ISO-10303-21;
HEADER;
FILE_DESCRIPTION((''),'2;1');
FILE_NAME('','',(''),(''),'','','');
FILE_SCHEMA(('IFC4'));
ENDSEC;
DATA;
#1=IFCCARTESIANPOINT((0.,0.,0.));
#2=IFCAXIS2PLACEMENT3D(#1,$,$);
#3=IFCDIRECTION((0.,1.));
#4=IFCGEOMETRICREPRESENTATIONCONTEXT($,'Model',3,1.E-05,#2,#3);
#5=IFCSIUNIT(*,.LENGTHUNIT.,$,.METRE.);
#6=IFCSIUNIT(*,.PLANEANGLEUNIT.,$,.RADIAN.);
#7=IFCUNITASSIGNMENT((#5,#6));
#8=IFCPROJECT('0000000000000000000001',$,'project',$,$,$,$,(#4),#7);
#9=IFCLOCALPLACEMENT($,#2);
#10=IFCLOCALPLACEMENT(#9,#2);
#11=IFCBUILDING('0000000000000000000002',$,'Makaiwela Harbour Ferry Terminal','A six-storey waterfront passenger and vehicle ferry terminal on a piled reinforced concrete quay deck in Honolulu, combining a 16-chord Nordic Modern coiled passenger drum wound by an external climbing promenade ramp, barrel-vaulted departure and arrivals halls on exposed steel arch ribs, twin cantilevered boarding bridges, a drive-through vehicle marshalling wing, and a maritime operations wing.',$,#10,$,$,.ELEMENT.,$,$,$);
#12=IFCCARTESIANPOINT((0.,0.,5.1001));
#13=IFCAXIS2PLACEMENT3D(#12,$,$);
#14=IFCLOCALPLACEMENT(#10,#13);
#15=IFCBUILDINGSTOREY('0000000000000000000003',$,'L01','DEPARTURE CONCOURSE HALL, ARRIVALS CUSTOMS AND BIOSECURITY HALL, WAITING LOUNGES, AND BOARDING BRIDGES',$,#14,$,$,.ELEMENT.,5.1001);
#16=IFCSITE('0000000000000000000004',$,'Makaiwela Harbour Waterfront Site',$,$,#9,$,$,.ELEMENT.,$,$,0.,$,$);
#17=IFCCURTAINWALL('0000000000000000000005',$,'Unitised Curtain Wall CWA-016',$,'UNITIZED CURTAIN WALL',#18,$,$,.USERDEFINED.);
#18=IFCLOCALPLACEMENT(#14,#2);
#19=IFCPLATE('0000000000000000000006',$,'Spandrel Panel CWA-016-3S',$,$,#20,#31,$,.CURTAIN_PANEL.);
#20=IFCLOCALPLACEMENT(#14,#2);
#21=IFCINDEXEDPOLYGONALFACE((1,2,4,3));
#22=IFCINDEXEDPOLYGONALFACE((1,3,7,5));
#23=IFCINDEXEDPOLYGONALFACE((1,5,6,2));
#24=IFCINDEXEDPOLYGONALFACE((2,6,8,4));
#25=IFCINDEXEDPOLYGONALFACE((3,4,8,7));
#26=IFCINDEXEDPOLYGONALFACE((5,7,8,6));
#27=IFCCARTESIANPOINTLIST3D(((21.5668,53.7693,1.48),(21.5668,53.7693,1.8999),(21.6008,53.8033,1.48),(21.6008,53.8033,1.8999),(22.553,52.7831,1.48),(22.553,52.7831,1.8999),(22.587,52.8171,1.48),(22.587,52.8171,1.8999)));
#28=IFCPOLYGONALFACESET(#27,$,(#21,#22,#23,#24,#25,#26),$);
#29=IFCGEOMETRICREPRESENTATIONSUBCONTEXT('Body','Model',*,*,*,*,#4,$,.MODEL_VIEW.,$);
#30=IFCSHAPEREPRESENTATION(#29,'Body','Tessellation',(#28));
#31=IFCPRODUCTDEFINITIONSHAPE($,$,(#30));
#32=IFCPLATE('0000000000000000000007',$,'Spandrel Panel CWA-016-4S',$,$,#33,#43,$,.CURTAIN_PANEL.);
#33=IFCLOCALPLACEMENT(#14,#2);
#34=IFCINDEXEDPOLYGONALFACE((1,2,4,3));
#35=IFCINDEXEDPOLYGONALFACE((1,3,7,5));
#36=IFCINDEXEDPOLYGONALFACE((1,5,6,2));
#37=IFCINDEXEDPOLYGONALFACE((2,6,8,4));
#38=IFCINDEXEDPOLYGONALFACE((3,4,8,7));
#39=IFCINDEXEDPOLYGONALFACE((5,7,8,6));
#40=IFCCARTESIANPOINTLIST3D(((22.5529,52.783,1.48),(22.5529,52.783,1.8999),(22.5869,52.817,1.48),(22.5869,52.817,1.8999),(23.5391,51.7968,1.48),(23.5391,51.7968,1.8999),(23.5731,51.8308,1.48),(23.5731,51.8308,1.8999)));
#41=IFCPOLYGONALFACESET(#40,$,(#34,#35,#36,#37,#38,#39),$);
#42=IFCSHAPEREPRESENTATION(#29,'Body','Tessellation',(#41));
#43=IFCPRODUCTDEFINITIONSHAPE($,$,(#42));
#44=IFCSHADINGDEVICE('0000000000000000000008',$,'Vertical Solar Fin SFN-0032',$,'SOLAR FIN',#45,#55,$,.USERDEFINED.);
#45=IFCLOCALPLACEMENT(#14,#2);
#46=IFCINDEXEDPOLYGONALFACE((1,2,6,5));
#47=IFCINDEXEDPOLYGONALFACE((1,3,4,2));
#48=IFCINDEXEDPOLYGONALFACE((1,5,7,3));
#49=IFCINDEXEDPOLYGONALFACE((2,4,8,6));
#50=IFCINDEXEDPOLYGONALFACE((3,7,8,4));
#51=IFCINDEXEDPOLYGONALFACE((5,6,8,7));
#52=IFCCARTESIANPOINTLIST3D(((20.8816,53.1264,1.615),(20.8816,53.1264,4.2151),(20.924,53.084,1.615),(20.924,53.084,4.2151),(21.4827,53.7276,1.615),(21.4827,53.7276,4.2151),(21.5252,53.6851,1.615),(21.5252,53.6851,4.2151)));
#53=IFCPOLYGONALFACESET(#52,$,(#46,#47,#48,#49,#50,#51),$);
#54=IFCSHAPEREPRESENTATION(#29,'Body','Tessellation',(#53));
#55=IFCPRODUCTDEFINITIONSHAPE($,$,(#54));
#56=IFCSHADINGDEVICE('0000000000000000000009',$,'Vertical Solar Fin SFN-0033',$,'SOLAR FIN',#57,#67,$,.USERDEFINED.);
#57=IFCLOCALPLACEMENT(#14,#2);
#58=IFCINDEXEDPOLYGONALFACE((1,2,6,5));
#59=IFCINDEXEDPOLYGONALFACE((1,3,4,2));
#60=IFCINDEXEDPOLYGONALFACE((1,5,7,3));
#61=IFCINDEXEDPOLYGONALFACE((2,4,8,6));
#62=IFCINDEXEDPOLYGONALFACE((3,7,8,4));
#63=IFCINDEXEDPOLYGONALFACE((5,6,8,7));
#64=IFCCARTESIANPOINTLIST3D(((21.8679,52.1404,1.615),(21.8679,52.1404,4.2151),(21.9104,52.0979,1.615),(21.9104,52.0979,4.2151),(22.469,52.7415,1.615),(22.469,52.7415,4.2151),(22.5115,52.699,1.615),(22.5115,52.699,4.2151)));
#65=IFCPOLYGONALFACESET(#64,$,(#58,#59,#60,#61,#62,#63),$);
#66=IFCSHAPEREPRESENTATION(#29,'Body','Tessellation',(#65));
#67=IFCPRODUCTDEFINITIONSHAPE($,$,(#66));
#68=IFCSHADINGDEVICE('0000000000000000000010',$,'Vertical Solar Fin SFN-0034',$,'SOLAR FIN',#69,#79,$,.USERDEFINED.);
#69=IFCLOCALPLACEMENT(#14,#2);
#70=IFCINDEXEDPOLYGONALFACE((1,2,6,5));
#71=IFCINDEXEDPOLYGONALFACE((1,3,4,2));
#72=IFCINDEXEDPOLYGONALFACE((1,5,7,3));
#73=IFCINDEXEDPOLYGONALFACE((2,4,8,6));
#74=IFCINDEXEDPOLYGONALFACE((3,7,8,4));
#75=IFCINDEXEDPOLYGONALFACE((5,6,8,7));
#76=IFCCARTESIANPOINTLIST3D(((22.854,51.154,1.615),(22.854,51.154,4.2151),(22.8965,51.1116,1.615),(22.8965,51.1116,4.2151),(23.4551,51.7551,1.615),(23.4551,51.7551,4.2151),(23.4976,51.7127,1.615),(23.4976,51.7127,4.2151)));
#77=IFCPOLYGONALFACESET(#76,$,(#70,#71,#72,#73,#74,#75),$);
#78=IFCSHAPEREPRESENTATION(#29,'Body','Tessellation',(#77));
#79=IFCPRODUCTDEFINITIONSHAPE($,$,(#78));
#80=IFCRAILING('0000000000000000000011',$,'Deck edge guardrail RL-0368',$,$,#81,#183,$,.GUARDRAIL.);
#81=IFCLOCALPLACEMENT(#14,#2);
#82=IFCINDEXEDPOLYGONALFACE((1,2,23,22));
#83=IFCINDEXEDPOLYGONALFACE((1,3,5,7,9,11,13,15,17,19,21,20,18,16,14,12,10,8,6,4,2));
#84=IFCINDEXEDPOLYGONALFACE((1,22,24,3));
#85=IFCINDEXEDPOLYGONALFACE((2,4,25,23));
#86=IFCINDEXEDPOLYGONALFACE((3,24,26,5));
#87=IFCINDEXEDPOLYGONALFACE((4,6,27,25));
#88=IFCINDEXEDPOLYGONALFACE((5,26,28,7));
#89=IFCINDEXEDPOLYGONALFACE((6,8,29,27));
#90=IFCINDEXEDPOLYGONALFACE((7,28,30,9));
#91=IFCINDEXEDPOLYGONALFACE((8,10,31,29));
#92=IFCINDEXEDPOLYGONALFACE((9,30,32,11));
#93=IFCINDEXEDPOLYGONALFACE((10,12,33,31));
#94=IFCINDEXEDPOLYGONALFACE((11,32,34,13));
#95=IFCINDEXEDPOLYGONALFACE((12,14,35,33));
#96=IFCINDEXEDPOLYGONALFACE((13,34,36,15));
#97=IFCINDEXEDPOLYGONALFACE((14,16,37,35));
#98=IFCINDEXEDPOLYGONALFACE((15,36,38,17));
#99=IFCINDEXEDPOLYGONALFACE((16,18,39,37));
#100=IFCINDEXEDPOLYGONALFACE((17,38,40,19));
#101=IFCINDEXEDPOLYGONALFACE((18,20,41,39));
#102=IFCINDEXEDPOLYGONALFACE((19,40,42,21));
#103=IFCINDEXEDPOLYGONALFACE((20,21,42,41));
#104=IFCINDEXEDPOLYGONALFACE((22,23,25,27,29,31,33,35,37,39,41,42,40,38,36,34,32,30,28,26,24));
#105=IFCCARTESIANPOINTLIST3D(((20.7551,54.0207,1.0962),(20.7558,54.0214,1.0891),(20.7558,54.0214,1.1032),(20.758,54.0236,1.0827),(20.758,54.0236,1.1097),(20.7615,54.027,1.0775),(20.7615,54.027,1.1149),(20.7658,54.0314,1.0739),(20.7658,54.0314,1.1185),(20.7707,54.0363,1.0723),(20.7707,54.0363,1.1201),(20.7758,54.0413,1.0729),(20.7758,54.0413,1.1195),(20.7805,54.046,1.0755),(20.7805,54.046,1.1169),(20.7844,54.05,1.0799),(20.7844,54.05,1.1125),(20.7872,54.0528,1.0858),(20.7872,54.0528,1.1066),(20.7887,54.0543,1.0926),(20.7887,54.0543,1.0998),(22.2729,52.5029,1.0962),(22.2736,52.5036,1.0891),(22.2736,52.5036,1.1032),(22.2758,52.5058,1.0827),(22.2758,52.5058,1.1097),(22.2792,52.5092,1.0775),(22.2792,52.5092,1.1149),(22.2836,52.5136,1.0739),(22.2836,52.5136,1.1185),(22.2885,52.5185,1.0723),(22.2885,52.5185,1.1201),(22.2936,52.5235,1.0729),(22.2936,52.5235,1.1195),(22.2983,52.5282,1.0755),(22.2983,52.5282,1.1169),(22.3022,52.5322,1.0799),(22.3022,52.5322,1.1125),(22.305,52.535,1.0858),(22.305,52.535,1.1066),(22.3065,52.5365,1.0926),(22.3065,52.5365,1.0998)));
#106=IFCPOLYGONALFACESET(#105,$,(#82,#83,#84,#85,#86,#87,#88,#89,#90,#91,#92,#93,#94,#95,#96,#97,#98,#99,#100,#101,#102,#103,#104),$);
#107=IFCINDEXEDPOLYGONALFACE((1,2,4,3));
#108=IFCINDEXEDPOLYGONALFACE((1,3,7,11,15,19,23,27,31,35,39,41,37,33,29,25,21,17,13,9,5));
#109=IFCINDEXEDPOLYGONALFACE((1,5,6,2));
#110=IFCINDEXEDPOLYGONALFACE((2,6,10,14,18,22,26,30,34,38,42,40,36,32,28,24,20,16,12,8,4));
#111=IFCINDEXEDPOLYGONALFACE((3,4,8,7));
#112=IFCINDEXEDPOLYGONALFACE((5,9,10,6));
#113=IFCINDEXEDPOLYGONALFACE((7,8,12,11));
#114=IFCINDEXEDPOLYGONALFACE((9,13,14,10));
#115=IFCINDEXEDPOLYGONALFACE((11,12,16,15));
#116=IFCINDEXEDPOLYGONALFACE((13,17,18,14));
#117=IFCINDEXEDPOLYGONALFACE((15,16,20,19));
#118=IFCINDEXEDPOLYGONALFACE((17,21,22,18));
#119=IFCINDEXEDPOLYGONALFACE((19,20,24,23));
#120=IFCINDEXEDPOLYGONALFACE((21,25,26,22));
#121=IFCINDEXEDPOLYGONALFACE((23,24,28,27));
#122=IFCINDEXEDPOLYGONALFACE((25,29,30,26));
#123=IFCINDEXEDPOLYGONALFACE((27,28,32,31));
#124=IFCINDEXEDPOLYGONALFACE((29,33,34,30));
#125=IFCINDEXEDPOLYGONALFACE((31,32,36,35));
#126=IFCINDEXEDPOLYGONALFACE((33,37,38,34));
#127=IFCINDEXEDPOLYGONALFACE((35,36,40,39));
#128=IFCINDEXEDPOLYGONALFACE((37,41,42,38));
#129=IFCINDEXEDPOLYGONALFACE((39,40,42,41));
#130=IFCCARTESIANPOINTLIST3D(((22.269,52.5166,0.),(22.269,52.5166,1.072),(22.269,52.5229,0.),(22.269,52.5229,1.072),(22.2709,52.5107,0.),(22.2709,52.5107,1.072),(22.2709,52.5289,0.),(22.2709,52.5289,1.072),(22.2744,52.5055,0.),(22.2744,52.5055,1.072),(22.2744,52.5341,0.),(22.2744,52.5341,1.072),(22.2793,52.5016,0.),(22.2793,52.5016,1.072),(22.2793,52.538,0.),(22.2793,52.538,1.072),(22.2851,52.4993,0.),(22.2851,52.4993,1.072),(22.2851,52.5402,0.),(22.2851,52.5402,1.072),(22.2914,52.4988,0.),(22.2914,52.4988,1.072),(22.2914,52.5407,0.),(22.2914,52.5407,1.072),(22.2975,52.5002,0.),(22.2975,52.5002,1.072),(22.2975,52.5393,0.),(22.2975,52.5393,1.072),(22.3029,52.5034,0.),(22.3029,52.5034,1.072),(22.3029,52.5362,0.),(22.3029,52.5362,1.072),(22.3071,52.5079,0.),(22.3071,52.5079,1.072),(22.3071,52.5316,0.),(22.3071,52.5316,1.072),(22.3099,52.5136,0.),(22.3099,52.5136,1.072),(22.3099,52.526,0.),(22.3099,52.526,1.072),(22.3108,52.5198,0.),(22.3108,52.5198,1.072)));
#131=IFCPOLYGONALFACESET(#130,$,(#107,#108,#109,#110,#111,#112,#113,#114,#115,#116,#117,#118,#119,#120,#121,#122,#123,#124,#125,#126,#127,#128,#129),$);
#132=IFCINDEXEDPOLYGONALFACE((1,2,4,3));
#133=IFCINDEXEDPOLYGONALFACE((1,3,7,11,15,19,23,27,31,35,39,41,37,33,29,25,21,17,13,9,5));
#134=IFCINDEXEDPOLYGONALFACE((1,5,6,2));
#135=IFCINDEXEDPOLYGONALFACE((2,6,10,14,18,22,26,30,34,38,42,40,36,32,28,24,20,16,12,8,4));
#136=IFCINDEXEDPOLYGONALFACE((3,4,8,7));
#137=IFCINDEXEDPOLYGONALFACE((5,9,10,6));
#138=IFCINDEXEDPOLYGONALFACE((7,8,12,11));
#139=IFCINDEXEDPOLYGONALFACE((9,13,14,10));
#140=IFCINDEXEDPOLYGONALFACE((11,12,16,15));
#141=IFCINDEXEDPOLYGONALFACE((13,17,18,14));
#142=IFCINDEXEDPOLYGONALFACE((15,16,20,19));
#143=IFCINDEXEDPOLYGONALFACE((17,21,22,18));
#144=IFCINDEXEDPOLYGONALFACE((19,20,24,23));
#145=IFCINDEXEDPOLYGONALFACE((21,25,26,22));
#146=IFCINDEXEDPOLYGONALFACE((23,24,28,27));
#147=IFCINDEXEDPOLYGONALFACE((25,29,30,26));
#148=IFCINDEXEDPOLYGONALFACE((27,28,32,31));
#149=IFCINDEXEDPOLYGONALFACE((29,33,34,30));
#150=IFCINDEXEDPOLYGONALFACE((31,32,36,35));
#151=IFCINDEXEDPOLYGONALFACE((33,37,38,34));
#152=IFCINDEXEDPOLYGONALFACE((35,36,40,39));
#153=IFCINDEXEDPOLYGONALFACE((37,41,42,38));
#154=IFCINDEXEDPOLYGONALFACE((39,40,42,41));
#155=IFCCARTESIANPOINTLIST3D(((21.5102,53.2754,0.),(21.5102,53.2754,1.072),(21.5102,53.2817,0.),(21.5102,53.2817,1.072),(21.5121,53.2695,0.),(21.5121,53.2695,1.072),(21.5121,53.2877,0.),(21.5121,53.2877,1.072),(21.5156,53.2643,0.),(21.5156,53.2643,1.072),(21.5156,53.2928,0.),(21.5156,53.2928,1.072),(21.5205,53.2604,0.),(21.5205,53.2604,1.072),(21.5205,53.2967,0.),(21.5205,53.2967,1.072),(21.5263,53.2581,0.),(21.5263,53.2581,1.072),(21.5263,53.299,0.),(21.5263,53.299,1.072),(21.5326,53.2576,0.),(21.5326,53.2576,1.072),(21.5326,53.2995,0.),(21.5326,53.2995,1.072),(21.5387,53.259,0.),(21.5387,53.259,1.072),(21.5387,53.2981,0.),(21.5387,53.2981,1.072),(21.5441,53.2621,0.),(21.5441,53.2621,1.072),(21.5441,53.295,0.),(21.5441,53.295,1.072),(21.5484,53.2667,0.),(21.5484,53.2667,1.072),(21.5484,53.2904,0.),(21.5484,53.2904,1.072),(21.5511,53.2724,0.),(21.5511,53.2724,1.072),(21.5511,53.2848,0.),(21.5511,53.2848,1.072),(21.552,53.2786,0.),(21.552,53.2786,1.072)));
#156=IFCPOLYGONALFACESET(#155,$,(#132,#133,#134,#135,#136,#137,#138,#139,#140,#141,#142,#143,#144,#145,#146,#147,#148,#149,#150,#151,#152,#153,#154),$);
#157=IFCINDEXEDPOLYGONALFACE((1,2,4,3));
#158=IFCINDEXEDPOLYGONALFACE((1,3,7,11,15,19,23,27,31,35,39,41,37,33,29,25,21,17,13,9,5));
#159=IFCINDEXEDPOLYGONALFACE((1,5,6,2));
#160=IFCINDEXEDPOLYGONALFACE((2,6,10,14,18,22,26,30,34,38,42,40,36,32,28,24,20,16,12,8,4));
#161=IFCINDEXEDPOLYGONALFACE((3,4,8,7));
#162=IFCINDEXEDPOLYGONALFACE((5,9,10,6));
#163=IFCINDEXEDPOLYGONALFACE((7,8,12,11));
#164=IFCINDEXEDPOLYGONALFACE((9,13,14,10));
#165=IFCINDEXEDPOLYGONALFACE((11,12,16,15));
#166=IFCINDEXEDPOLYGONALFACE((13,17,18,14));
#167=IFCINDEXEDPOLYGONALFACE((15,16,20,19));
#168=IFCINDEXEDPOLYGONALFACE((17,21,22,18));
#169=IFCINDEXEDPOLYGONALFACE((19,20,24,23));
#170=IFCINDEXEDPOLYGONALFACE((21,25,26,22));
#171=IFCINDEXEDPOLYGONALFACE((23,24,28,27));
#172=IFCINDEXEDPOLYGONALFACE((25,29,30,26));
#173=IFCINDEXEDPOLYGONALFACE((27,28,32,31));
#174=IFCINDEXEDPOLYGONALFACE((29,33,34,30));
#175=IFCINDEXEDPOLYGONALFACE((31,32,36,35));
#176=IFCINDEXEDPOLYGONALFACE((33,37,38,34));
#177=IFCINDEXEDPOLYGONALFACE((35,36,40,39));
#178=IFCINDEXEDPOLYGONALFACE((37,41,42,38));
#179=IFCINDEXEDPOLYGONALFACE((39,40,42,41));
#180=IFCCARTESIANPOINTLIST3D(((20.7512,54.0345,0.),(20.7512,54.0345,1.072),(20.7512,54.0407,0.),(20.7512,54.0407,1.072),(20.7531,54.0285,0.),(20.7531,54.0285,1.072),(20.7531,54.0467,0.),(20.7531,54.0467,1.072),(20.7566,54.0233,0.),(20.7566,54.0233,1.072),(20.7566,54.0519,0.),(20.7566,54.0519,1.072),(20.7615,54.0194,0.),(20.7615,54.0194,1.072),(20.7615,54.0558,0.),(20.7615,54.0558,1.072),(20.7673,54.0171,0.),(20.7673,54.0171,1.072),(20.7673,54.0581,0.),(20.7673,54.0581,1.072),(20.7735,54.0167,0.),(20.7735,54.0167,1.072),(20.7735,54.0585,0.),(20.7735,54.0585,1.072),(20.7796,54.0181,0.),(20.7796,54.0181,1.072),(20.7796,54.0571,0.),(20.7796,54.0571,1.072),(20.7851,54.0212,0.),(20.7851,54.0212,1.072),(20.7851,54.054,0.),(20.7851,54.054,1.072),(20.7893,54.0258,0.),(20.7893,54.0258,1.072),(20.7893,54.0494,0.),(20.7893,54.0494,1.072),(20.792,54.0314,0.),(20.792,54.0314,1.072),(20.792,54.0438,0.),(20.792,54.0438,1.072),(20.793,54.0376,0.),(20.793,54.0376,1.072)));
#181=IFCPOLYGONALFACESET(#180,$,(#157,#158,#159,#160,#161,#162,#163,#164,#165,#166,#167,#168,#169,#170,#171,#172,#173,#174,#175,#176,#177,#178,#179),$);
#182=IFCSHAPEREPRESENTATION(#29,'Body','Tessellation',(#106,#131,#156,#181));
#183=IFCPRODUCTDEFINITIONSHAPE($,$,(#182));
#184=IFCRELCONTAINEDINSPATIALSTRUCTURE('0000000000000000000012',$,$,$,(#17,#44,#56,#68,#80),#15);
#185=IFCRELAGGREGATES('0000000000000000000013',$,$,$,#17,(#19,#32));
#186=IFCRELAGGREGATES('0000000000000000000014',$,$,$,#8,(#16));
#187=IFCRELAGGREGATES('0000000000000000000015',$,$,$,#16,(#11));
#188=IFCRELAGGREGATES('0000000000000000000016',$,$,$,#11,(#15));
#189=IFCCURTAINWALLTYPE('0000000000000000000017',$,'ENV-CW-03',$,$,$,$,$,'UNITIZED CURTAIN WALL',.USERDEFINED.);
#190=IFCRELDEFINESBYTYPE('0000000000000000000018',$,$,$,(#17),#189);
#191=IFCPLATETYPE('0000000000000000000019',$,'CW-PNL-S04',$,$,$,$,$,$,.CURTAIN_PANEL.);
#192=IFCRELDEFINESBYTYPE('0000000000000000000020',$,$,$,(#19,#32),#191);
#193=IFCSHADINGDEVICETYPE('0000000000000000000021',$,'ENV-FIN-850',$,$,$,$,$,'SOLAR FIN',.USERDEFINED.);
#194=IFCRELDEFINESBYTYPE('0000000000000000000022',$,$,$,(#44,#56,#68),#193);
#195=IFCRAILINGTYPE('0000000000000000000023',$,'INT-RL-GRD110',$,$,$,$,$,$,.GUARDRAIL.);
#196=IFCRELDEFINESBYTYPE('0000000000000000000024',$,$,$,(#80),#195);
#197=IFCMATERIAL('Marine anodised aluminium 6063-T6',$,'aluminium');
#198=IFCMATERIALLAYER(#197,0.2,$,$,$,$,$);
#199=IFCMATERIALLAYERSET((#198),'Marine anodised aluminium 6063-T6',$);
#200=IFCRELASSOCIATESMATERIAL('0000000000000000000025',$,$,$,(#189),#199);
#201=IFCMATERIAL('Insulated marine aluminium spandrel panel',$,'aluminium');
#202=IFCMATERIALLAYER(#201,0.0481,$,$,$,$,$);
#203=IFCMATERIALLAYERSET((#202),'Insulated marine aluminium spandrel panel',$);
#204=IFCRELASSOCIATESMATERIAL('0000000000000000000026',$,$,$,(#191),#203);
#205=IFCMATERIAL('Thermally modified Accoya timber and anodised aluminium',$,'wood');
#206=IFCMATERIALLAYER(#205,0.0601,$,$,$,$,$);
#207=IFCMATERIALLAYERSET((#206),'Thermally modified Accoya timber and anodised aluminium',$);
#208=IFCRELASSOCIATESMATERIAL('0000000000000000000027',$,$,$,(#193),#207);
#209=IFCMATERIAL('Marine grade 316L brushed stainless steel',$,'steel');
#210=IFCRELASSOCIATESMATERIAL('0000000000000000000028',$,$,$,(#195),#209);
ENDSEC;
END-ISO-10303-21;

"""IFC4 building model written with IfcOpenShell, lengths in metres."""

from ifc_helpers import new_model, si_unit, direction, frame, origin, origin_2d, place, context, subcontext, project, spatial, rectangle, circle, extrude, material, layer, layer_set, type_object, element, aggregate, save


model = new_model("IFC4")

# Units and contexts
model_context = context("Model", 3, precision=1e-05, world=origin(), true_north=direction((0.0, 1.0)))
body_context = subcontext(model_context, "Body", "Model", "MODEL_VIEW")
ifc_project = project(units=[si_unit("LENGTHUNIT", "METRE"), si_unit("PLANEANGLEUNIT", "RADIAN")], contexts=[model_context])

# Site, building, storey
site_placement = place(None, origin())
site = spatial("IfcSite", under=ifc_project, at=site_placement, Name="Makaiwela Harbour Waterfront Site", CompositionType="ELEMENT", RefElevation=0.0)
building_placement = place(site_placement, origin())
building = spatial("IfcBuilding", under=site, at=building_placement, Name="Makaiwela Harbour Ferry Terminal", Description="A six-storey waterfront passenger and vehicle ferry terminal on a piled reinforced concrete quay deck in Honolulu, combining a 16-chord Nordic Modern coiled passenger drum wound by an external climbing promenade ramp, barrel-vaulted departure and arrivals halls on exposed steel arch ribs, twin cantilevered boarding bridges, a drive-through vehicle marshalling wing, and a maritime operations wing.", CompositionType="ELEMENT")
storey_placement = place(building_placement, frame((0.0, 0.0, 5.1001)))
storey = spatial("IfcBuildingStorey", under=building, at=storey_placement, Name="L01", Description="DEPARTURE CONCOURSE HALL, ARRIVALS CUSTOMS AND BIOSECURITY HALL, WAITING LOUNGES, AND BOARDING BRIDGES", CompositionType="ELEMENT", Elevation=5.1001)

# Curtain wall
ifc_material_1 = material(Name="Marine anodised aluminium 6063-T6", Category="aluminium")
ifc_layer_1 = layer(ifc_material_1, 0.2)
ifc_layer_set_1 = layer_set([ifc_layer_1], Name="Marine anodised aluminium 6063-T6")
curtain_wall_type = type_object("IfcCurtainWallType", Name="ENV-CW-03", ElementType="UNITIZED CURTAIN WALL", PredefinedType="USERDEFINED", material=ifc_layer_set_1)
curtain_wall_placement = place(storey_placement, origin())
curtain_wall = element("IfcCurtainWall", 1, at=curtain_wall_placement, inside=storey, type_object=curtain_wall_type, Name="Unitised Curtain Wall CWA-016", ObjectType="UNITIZED CURTAIN WALL", PredefinedType="USERDEFINED")

# Plates
ifc_material_2 = material(Name="Insulated marine aluminium spandrel panel", Category="aluminium")
ifc_layer_2 = layer(ifc_material_2, 0.0481)
ifc_layer_set_2 = layer_set([ifc_layer_2], Name="Insulated marine aluminium spandrel panel")
plate_type_1 = type_object("IfcPlateType", Name="CW-PNL-S04", PredefinedType="CURTAIN_PANEL", material=ifc_layer_set_2)
plate_1_placement = place(storey_placement, frame((22.0769, 53.2932, 1.48), z_axis=(0.0, 0.0, 1.0), x_axis=(0.707107, -0.707107, 0.0)))
plate_1 = element("IfcPlate", 2, at=plate_1_placement, type_object=plate_type_1, Name="Spandrel Panel CWA-016-3S", PredefinedType="CURTAIN_PANEL", context=body_context, shape_type="SweptSolid", body=[
    extrude(rectangle(XDim=1.3948, YDim=0.0481, at=origin_2d()), origin(), (0.0, 0.0, 1.0), 0.4199),
])
plate_2_placement = place(storey_placement, frame((23.063, 52.3069, 1.48), z_axis=(0.0, 0.0, 1.0), x_axis=(0.707107, -0.707107, 0.0)))
plate_2 = element("IfcPlate", 3, at=plate_2_placement, type_object=plate_type_1, Name="Spandrel Panel CWA-016-4S", PredefinedType="CURTAIN_PANEL", context=body_context, shape_type="SweptSolid", body=[
    extrude(rectangle(XDim=1.3948, YDim=0.0481, at=origin_2d()), origin(), (0.0, 0.0, 1.0), 0.4199),
])
aggregate(curtain_wall, [plate_1, plate_2])

# Shading devices
ifc_material_3 = material(Name="Thermally modified Accoya timber and anodised aluminium", Category="wood")
ifc_layer_3 = layer(ifc_material_3, 0.0601)
ifc_layer_set_3 = layer_set([ifc_layer_3], Name="Thermally modified Accoya timber and anodised aluminium")
shading_device_type = type_object("IfcShadingDeviceType", Name="ENV-FIN-850", ElementType="SOLAR FIN", PredefinedType="USERDEFINED", material=ifc_layer_set_3)
for number, where, z_axis, x_axis, name in (
    (4, (21.2034, 53.4058, 1.615), (0.0, 0.0, 1.0), (-0.707107, -0.707107, 0.0), "Vertical Solar Fin SFN-0032"),
    (5, (22.1897, 52.4197, 1.615), (0.0, 0.0, 1.0), (-0.707107, -0.707107, 0.0), "Vertical Solar Fin SFN-0033"),
    (6, (23.1758, 51.4333, 1.615), (0.0, 0.0, 1.0), (-0.707107, -0.707107, 0.0), "Vertical Solar Fin SFN-0034"),
):
    element("IfcShadingDevice", number, at=place(storey_placement, frame(where, z_axis=z_axis, x_axis=x_axis)), inside=storey, type_object=shading_device_type, Name=name, ObjectType="SOLAR FIN", PredefinedType="USERDEFINED", context=body_context, shape_type="SweptSolid", body=[
        extrude(rectangle(XDim=0.8501, YDim=0.0601, at=origin_2d()), origin(), (0.0, 0.0, 1.0), 2.6001),
    ])

# Railing
ifc_material_4 = material(Name="Marine grade 316L brushed stainless steel", Category="steel")
railing_type = type_object("IfcRailingType", Name="INT-RL-GRD110", PredefinedType="GUARDRAIL", material=ifc_material_4)
railing_1_placement = place(storey_placement, frame((22.2898, 52.5198, 0.0)))
element("IfcRailing", 7, at=railing_1_placement, inside=storey, type_object=railing_type, Name="Deck edge guardrail RL-0368", PredefinedType="GUARDRAIL", context=body_context, shape_type="SweptSolid", body=[
    extrude(circle(Radius=0.0239, at=origin_2d()), frame((0.0, 0.0, 1.0962), z_axis=(-0.707107, 0.707107, 0.0), x_axis=(-0.707107, -0.707107, 0.0)), (0.0, 0.0, 1.0), 2.1465),
    extrude(circle(Radius=0.021, at=origin_2d()), origin(), (0.0, 0.0, 1.0), 1.072),
    extrude(circle(Radius=0.021, at=origin_2d()), frame((-0.7588, 0.7588, 0.0)), (0.0, 0.0, 1.0), 1.072),
    extrude(circle(Radius=0.021, at=origin_2d()), frame((-1.5178, 1.5178, 0.0)), (0.0, 0.0, 1.0), 1.072),
])

save(model, "model.ifc")
